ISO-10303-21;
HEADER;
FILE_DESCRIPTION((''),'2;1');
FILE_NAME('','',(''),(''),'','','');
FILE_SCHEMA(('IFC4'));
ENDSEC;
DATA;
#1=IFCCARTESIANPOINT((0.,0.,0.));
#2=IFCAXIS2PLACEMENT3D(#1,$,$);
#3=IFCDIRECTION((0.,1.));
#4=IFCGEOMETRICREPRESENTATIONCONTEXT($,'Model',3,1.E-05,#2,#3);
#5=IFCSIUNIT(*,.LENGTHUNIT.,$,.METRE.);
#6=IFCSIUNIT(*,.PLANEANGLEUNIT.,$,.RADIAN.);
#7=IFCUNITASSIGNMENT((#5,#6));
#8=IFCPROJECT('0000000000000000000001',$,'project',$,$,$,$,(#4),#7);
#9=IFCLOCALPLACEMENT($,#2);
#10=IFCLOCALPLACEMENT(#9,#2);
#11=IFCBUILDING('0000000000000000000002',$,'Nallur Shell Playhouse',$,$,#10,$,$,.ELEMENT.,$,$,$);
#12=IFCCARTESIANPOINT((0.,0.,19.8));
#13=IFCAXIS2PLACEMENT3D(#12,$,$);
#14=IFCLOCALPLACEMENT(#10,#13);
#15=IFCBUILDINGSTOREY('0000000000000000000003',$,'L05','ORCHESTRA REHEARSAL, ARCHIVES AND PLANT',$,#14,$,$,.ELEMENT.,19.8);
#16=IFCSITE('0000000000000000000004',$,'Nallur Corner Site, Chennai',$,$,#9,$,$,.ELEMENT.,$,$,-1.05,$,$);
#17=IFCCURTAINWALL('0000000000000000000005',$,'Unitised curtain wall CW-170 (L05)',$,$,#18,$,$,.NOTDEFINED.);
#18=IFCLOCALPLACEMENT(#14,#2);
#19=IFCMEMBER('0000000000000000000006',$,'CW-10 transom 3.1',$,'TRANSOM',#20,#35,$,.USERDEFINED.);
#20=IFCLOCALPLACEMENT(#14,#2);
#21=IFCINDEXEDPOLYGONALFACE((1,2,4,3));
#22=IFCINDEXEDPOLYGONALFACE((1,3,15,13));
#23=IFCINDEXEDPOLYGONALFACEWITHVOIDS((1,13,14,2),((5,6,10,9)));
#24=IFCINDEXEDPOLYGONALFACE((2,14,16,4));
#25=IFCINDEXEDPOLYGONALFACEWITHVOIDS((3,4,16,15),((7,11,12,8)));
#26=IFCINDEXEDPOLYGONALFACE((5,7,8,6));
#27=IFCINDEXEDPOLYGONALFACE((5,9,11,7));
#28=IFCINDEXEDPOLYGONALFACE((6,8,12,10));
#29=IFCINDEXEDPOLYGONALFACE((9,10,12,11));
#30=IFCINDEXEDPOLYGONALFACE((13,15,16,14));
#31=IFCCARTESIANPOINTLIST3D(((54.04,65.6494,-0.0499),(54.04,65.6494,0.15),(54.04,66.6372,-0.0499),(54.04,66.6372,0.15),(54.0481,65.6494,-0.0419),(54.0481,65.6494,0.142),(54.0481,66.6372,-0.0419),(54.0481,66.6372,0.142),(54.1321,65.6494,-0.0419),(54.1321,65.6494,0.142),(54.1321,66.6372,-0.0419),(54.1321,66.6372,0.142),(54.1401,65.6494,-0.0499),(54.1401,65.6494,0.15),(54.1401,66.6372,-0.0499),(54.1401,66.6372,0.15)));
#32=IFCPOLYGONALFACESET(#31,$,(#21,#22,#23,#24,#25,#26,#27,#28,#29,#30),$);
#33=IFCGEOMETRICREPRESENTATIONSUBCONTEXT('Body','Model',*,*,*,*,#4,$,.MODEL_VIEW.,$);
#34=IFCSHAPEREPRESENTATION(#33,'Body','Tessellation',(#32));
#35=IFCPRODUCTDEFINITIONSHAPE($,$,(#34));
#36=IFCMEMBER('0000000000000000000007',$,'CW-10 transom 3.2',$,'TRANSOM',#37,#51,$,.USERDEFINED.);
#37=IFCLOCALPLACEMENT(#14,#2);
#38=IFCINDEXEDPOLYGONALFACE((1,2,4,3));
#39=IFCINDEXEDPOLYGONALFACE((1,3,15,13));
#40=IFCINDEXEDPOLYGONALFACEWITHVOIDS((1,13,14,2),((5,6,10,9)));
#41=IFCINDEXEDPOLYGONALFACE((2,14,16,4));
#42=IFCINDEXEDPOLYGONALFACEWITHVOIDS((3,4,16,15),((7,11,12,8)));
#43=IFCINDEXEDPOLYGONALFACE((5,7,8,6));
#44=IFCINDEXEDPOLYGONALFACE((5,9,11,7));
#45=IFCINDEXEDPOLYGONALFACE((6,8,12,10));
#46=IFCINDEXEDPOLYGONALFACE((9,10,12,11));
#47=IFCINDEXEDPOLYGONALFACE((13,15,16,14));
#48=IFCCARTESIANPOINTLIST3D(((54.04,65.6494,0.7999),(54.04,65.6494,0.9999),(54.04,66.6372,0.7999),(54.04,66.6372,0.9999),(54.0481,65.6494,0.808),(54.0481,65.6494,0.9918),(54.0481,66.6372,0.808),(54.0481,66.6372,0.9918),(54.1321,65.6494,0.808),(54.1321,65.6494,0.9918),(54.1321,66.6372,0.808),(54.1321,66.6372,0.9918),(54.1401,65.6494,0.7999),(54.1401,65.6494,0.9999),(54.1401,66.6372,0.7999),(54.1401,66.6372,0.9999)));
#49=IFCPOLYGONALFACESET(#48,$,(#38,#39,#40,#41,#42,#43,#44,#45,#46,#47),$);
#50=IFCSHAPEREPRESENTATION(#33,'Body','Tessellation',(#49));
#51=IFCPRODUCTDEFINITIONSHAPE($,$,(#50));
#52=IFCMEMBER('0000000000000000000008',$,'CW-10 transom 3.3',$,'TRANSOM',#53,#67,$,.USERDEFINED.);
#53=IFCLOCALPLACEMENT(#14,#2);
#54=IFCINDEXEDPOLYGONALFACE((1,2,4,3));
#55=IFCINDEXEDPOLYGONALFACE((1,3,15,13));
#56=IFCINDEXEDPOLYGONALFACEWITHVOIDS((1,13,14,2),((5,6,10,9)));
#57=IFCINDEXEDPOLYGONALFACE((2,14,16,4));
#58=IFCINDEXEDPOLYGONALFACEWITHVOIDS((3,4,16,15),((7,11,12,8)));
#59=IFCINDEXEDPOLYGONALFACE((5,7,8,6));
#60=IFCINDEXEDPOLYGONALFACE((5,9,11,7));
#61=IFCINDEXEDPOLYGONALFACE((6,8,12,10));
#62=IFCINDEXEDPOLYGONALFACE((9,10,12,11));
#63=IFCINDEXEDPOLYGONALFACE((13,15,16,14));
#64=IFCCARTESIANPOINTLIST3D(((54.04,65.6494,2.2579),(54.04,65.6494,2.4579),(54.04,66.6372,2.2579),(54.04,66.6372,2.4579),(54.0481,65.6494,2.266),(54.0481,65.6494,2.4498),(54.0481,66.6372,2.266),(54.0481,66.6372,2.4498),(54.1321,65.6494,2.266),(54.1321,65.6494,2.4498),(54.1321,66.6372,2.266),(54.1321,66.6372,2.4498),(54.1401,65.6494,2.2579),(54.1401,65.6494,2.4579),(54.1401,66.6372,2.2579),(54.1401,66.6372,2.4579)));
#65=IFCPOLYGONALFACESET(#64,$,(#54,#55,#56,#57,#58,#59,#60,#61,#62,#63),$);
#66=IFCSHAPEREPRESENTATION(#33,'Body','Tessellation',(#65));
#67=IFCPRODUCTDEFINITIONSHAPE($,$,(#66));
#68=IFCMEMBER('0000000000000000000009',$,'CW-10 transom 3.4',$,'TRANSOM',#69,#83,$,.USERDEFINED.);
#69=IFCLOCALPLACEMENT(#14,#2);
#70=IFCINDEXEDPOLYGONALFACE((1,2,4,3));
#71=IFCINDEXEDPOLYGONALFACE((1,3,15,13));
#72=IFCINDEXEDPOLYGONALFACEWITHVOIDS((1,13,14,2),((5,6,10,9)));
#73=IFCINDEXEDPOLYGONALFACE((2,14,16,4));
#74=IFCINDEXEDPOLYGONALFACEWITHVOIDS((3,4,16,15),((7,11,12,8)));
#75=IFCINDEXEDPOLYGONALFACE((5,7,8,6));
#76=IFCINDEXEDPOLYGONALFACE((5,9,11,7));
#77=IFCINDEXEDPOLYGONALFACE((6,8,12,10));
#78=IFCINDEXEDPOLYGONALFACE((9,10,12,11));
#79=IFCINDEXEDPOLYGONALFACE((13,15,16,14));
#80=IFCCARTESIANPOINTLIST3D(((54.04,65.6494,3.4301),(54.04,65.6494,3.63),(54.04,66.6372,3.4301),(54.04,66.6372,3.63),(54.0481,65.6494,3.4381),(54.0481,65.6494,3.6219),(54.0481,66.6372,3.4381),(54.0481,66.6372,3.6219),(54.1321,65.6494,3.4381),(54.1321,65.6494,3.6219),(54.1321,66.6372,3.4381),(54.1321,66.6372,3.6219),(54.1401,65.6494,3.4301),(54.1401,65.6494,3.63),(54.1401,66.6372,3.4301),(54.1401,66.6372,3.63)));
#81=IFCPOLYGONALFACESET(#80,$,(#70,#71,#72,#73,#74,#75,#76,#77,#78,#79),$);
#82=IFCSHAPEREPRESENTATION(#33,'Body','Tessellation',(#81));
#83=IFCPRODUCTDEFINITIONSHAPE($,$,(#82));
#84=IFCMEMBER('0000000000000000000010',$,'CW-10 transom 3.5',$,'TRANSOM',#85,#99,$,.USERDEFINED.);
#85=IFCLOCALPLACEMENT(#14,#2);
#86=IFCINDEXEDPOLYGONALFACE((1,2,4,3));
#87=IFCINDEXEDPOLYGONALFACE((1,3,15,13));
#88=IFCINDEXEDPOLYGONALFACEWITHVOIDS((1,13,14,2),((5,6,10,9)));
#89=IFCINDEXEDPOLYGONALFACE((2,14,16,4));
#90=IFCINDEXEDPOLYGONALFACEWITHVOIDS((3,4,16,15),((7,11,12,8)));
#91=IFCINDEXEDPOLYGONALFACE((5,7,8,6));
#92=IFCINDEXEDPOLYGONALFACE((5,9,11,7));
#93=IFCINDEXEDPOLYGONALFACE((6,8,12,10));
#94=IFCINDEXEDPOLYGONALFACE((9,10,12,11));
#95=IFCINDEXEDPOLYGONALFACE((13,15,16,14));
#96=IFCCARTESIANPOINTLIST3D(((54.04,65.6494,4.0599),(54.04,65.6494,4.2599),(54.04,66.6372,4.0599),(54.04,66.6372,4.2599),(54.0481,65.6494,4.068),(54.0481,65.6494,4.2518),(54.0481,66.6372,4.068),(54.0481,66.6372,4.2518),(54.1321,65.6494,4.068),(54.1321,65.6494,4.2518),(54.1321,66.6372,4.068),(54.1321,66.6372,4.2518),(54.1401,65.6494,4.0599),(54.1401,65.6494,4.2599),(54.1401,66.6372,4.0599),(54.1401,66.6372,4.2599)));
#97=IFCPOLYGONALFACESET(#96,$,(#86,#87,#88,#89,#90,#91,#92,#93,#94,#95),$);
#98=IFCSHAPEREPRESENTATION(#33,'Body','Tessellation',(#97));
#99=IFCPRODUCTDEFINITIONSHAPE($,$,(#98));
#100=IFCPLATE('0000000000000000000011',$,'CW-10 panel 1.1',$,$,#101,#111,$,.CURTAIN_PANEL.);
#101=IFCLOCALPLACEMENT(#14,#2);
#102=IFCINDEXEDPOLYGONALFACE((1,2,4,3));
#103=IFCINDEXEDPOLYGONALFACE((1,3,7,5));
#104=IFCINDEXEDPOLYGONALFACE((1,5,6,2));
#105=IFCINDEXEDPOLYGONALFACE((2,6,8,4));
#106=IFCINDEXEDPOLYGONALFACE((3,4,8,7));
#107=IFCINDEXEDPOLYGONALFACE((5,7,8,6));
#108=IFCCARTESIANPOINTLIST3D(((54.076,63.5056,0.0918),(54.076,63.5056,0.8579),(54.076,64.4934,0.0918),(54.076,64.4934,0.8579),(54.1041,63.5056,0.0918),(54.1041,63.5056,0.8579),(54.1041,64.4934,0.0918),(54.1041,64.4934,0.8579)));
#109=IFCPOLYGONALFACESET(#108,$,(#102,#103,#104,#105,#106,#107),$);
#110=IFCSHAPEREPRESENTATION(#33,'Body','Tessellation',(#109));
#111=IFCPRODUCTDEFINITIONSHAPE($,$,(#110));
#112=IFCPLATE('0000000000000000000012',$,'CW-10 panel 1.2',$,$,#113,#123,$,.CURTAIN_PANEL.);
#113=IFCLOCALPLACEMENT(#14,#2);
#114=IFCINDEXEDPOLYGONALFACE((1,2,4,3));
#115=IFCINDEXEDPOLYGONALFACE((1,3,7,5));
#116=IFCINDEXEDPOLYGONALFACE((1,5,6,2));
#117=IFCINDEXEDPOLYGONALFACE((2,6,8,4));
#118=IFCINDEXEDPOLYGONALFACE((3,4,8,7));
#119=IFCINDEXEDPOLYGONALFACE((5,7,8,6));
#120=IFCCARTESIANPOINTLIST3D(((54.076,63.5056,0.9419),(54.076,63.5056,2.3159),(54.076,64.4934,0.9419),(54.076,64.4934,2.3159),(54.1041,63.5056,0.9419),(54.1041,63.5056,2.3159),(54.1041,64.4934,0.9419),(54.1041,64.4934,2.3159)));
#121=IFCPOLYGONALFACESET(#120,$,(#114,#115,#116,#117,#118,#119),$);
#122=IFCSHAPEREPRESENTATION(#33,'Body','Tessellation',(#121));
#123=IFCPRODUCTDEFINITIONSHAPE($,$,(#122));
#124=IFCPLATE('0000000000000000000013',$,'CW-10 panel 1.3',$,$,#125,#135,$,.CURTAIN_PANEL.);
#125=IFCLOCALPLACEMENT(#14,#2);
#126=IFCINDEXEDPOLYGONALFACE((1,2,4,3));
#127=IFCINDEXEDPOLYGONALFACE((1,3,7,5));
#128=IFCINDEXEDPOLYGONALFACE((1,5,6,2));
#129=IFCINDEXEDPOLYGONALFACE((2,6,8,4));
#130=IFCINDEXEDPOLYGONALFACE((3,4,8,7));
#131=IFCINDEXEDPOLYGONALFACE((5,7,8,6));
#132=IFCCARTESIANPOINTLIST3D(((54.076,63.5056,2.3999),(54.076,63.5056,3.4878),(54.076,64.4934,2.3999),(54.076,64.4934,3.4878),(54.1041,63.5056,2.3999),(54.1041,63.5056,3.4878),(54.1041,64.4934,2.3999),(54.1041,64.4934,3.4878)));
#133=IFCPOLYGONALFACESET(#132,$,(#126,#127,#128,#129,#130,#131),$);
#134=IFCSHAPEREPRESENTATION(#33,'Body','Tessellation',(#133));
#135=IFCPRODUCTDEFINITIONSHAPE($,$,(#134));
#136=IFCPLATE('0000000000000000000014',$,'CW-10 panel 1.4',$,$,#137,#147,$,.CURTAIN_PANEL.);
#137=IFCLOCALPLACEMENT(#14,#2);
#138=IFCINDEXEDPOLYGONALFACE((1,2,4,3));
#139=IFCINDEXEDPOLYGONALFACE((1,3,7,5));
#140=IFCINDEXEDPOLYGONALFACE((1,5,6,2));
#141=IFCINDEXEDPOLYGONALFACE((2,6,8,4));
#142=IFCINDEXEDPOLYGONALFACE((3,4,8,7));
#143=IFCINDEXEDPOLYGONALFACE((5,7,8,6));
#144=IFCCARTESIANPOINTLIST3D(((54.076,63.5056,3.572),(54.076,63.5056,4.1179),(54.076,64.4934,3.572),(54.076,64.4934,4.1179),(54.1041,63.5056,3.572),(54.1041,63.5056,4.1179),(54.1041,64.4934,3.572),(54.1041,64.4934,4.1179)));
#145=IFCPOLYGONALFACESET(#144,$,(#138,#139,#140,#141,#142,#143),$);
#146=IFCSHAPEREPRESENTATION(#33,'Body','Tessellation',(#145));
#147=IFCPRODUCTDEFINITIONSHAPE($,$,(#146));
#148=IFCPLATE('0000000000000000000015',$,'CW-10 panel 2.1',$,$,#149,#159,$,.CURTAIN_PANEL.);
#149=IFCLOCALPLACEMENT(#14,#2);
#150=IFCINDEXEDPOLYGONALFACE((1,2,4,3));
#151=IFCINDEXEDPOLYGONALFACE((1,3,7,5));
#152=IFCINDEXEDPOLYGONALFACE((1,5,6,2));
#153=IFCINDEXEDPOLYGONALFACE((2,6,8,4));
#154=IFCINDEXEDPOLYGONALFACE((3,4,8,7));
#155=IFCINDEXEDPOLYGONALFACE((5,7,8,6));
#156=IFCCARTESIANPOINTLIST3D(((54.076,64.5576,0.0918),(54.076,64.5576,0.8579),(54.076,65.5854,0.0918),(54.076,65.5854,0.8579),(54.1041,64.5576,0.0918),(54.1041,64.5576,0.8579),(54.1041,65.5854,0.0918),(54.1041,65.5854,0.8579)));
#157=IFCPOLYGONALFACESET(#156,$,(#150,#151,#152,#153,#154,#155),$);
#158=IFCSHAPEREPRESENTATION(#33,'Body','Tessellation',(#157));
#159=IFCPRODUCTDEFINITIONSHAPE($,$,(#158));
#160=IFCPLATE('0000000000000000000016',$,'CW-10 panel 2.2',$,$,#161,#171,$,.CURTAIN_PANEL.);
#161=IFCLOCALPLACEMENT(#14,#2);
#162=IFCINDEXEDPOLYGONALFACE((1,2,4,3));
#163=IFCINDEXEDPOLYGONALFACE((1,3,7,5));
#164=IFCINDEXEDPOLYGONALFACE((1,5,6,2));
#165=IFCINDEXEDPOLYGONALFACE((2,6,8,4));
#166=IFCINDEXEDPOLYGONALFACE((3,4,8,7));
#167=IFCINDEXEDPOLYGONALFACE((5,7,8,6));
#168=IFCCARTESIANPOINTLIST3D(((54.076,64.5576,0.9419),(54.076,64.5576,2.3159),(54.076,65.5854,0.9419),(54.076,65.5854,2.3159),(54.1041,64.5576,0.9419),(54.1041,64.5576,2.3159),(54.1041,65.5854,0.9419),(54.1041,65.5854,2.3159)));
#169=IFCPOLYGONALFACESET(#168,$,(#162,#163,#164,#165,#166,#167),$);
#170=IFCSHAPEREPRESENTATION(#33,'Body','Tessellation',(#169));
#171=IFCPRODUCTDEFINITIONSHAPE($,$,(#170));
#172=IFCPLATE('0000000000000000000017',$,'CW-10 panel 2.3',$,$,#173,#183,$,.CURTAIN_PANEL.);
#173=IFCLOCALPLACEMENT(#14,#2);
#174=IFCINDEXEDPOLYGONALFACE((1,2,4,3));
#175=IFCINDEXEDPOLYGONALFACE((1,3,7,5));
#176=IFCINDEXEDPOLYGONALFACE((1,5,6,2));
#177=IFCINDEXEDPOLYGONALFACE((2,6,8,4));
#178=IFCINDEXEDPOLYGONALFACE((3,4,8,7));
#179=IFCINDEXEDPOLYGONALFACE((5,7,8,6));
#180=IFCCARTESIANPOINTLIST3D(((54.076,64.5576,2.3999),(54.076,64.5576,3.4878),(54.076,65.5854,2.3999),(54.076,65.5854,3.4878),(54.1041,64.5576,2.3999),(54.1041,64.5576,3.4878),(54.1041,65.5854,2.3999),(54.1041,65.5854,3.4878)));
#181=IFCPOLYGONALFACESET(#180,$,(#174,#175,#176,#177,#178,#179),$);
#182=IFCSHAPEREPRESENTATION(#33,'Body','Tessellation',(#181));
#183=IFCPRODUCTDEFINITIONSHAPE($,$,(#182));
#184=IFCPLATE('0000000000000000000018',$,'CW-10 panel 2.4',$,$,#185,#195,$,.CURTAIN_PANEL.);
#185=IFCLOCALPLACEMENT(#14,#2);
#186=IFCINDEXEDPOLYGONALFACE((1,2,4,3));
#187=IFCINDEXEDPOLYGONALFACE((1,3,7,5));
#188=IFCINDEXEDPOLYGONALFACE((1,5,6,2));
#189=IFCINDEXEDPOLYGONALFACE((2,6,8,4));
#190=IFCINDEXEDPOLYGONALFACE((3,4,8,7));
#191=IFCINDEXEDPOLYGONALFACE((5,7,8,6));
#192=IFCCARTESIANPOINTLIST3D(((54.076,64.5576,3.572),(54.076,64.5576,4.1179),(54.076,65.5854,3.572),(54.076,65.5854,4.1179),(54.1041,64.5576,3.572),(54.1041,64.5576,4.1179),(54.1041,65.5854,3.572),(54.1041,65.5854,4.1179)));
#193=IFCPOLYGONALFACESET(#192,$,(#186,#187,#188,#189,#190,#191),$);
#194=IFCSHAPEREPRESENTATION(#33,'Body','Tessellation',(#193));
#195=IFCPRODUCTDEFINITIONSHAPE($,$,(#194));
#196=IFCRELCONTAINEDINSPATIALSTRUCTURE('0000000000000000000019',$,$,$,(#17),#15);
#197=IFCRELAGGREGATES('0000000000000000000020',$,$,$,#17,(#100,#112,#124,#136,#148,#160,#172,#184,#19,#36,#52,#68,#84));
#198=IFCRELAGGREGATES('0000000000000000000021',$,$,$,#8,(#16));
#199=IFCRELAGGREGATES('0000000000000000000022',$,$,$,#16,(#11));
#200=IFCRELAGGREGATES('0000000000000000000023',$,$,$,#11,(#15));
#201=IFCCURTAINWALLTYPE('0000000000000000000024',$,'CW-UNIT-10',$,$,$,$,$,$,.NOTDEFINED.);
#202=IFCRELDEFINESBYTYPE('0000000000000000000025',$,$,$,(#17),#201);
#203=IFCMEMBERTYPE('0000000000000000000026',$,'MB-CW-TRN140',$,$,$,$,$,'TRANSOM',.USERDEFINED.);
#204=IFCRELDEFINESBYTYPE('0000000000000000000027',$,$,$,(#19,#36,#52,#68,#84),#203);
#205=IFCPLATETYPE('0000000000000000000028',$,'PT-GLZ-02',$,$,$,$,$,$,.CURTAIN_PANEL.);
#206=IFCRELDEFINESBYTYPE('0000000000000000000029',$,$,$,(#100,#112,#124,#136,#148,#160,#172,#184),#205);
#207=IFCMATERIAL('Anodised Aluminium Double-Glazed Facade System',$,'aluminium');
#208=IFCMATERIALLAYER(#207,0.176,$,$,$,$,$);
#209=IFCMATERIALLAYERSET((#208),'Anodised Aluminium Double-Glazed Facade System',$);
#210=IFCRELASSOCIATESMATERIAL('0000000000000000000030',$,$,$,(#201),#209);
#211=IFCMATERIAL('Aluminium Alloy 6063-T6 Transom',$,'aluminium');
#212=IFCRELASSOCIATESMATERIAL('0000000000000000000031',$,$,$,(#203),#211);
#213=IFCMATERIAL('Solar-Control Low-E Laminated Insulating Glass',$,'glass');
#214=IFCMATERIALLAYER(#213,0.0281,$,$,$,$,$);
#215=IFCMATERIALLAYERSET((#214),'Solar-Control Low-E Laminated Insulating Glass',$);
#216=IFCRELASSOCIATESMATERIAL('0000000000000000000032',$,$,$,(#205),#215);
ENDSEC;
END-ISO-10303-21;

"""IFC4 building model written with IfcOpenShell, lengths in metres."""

from ifc_helpers import new_model, si_unit, direction, frame, origin, origin_2d, place, context, subcontext, project, spatial, rectangle, hollow_rectangle, extrude, material, layer, layer_set, material_profile, profile_set, type_object, element, aggregate, save


model = new_model("IFC4")

# Units and contexts
model_context = context("Model", 3, precision=1e-05, world=origin(), true_north=direction((0.0, 1.0)))
body_context = subcontext(model_context, "Body", "Model", "MODEL_VIEW")
ifc_project = project(units=[si_unit("LENGTHUNIT", "METRE"), si_unit("PLANEANGLEUNIT", "RADIAN")], contexts=[model_context])

# Site, building, storey
site_placement = place(None, origin())
site = spatial("IfcSite", under=ifc_project, at=site_placement, Name="Nallur Corner Site, Chennai", CompositionType="ELEMENT", RefElevation=-1.05)
building_placement = place(site_placement, origin())
building = spatial("IfcBuilding", under=site, at=building_placement, Name="Nallur Shell Playhouse", CompositionType="ELEMENT")
storey_placement = place(building_placement, frame((0.0, 0.0, 19.8)))
storey = spatial("IfcBuildingStorey", under=building, at=storey_placement, Name="L05", Description="ORCHESTRA REHEARSAL, ARCHIVES AND PLANT", CompositionType="ELEMENT", Elevation=19.8)

# Curtain wall, members, plates
ifc_material_1 = material(Name="Anodised Aluminium Double-Glazed Facade System", Category="aluminium")
ifc_layer_1 = layer(ifc_material_1, 0.176)
ifc_layer_set_1 = layer_set([ifc_layer_1], Name="Anodised Aluminium Double-Glazed Facade System")
curtain_wall_type = type_object("IfcCurtainWallType", Name="CW-UNIT-10", PredefinedType="NOTDEFINED", material=ifc_layer_set_1)
curtain_wall_placement = place(storey_placement, origin())
curtain_wall = element("IfcCurtainWall", 1, at=curtain_wall_placement, inside=storey, type_object=curtain_wall_type, Name="Unitised curtain wall CW-170 (L05)", PredefinedType="NOTDEFINED")
ifc_material_2 = material(Name="Aluminium Alloy 6063-T6 Transom", Category="aluminium")
ifc_material_profile_1 = material_profile(ifc_material_2, hollow_rectangle(XDim=0.1001, YDim=0.2, WallThickness=0.0081, at=origin_2d()), Name="RHS 200x100x8")
ifc_profile_set_1 = profile_set([ifc_material_profile_1], Name="Aluminium Alloy 6063-T6 Transom")
member_type_1 = type_object("IfcMemberType", Name="MB-CW-TRN140", ElementType="TRANSOM", PredefinedType="USERDEFINED", material=ifc_profile_set_1)
member_1_placement = place(storey_placement, frame((54.0901, 65.6494, 0.05), z_axis=(0.0, 1.0, 0.0), x_axis=(-1.0, 0.0, 0.0)))
member_1 = element("IfcMember", 2, at=member_1_placement, type_object=member_type_1, Name="CW-10 transom 3.1", ObjectType="TRANSOM", PredefinedType="USERDEFINED", context=body_context, shape_type="SweptSolid", body=[
    extrude(hollow_rectangle(XDim=0.1001, YDim=0.2, WallThickness=0.0081, at=origin_2d()), origin(), (0.0, 0.0, 1.0), 0.9878),
])
member_2_placement = place(storey_placement, frame((54.0901, 65.6494, 0.8999), z_axis=(0.0, 1.0, 0.0), x_axis=(-1.0, 0.0, 0.0)))
member_2 = element("IfcMember", 3, at=member_2_placement, type_object=member_type_1, Name="CW-10 transom 3.2", ObjectType="TRANSOM", PredefinedType="USERDEFINED", context=body_context, shape_type="SweptSolid", body=[
    extrude(hollow_rectangle(XDim=0.1001, YDim=0.2, WallThickness=0.0081, at=origin_2d()), origin(), (0.0, 0.0, 1.0), 0.9878),
])
member_3_placement = place(storey_placement, frame((54.0901, 65.6494, 2.3579), z_axis=(0.0, 1.0, 0.0), x_axis=(-1.0, 0.0, 0.0)))
member_3 = element("IfcMember", 4, at=member_3_placement, type_object=member_type_1, Name="CW-10 transom 3.3", ObjectType="TRANSOM", PredefinedType="USERDEFINED", context=body_context, shape_type="SweptSolid", body=[
    extrude(hollow_rectangle(XDim=0.1001, YDim=0.2, WallThickness=0.0081, at=origin_2d()), origin(), (0.0, 0.0, 1.0), 0.9878),
])
member_4_placement = place(storey_placement, frame((54.0901, 65.6494, 3.53), z_axis=(0.0, 1.0, 0.0), x_axis=(-1.0, 0.0, 0.0)))
member_4 = element("IfcMember", 5, at=member_4_placement, type_object=member_type_1, Name="CW-10 transom 3.4", ObjectType="TRANSOM", PredefinedType="USERDEFINED", context=body_context, shape_type="SweptSolid", body=[
    extrude(hollow_rectangle(XDim=0.1001, YDim=0.2, WallThickness=0.0081, at=origin_2d()), origin(), (0.0, 0.0, 1.0), 0.9878),
])
member_5_placement = place(storey_placement, frame((54.0901, 65.6494, 4.1599), z_axis=(0.0, 1.0, 0.0), x_axis=(-1.0, 0.0, 0.0)))
member_5 = element("IfcMember", 6, at=member_5_placement, type_object=member_type_1, Name="CW-10 transom 3.5", ObjectType="TRANSOM", PredefinedType="USERDEFINED", context=body_context, shape_type="SweptSolid", body=[
    extrude(hollow_rectangle(XDim=0.1001, YDim=0.2, WallThickness=0.0081, at=origin_2d()), origin(), (0.0, 0.0, 1.0), 0.9878),
])
ifc_material_3 = material(Name="Solar-Control Low-E Laminated Insulating Glass", Category="glass")
ifc_layer_2 = layer(ifc_material_3, 0.0281)
ifc_layer_set_2 = layer_set([ifc_layer_2], Name="Solar-Control Low-E Laminated Insulating Glass")
plate_type = type_object("IfcPlateType", Name="PT-GLZ-02", PredefinedType="CURTAIN_PANEL", material=ifc_layer_set_2)
plate_1_placement = place(storey_placement, frame((54.0901, 63.9995, 0.0918), z_axis=(0.0, 0.0, 1.0), x_axis=(0.0, 1.0, 0.0)))
plate_1 = element("IfcPlate", 7, at=plate_1_placement, type_object=plate_type, Name="CW-10 panel 1.1", PredefinedType="CURTAIN_PANEL", context=body_context, shape_type="SweptSolid", body=[
    extrude(rectangle(XDim=0.9878, YDim=0.0281, at=origin_2d()), origin(), (0.0, 0.0, 1.0), 0.7661),
])
plate_2_placement = place(storey_placement, frame((54.0901, 63.9995, 0.9419), z_axis=(0.0, 0.0, 1.0), x_axis=(0.0, 1.0, 0.0)))
plate_2 = element("IfcPlate", 8, at=plate_2_placement, type_object=plate_type, Name="CW-10 panel 1.2", PredefinedType="CURTAIN_PANEL", context=body_context, shape_type="SweptSolid", body=[
    extrude(rectangle(XDim=0.9878, YDim=0.0281, at=origin_2d()), origin(), (0.0, 0.0, 1.0), 1.374),
])
plate_3_placement = place(storey_placement, frame((54.0901, 63.9995, 2.3999), z_axis=(0.0, 0.0, 1.0), x_axis=(0.0, 1.0, 0.0)))
plate_3 = element("IfcPlate", 9, at=plate_3_placement, type_object=plate_type, Name="CW-10 panel 1.3", PredefinedType="CURTAIN_PANEL", context=body_context, shape_type="SweptSolid", body=[
    extrude(rectangle(XDim=0.9878, YDim=0.0281, at=origin_2d()), origin(), (0.0, 0.0, 1.0), 1.0879),
])
plate_4_placement = place(storey_placement, frame((54.0901, 63.9995, 3.572), z_axis=(0.0, 0.0, 1.0), x_axis=(0.0, 1.0, 0.0)))
plate_4 = element("IfcPlate", 10, at=plate_4_placement, type_object=plate_type, Name="CW-10 panel 1.4", PredefinedType="CURTAIN_PANEL", context=body_context, shape_type="SweptSolid", body=[
    extrude(rectangle(XDim=0.9878, YDim=0.0281, at=origin_2d()), origin(), (0.0, 0.0, 1.0), 0.5459),
])
plate_5_placement = place(storey_placement, frame((54.0901, 65.0715, 0.0918), z_axis=(0.0, 0.0, 1.0), x_axis=(0.0, 1.0, 0.0)))
plate_5 = element("IfcPlate", 11, at=plate_5_placement, type_object=plate_type, Name="CW-10 panel 2.1", PredefinedType="CURTAIN_PANEL", context=body_context, shape_type="SweptSolid", body=[
    extrude(rectangle(XDim=1.0278, YDim=0.0281, at=origin_2d()), origin(), (0.0, 0.0, 1.0), 0.7661),
])
plate_6_placement = place(storey_placement, frame((54.0901, 65.0715, 0.9419), z_axis=(0.0, 0.0, 1.0), x_axis=(0.0, 1.0, 0.0)))
plate_6 = element("IfcPlate", 12, at=plate_6_placement, type_object=plate_type, Name="CW-10 panel 2.2", PredefinedType="CURTAIN_PANEL", context=body_context, shape_type="SweptSolid", body=[
    extrude(rectangle(XDim=1.0278, YDim=0.0281, at=origin_2d()), origin(), (0.0, 0.0, 1.0), 1.374),
])
plate_7_placement = place(storey_placement, frame((54.0901, 65.0715, 2.3999), z_axis=(0.0, 0.0, 1.0), x_axis=(0.0, 1.0, 0.0)))
plate_7 = element("IfcPlate", 13, at=plate_7_placement, type_object=plate_type, Name="CW-10 panel 2.3", PredefinedType="CURTAIN_PANEL", context=body_context, shape_type="SweptSolid", body=[
    extrude(rectangle(XDim=1.0278, YDim=0.0281, at=origin_2d()), origin(), (0.0, 0.0, 1.0), 1.0879),
])
plate_8_placement = place(storey_placement, frame((54.0901, 65.0715, 3.572), z_axis=(0.0, 0.0, 1.0), x_axis=(0.0, 1.0, 0.0)))
plate_8 = element("IfcPlate", 14, at=plate_8_placement, type_object=plate_type, Name="CW-10 panel 2.4", PredefinedType="CURTAIN_PANEL", context=body_context, shape_type="SweptSolid", body=[
    extrude(rectangle(XDim=1.0278, YDim=0.0281, at=origin_2d()), origin(), (0.0, 0.0, 1.0), 0.5459),
])
aggregate(curtain_wall, [plate_1, plate_2, plate_3, plate_4, plate_5, plate_6, plate_7, plate_8, member_1, member_2, member_3, member_4, member_5])

save(model, "model.ifc")
